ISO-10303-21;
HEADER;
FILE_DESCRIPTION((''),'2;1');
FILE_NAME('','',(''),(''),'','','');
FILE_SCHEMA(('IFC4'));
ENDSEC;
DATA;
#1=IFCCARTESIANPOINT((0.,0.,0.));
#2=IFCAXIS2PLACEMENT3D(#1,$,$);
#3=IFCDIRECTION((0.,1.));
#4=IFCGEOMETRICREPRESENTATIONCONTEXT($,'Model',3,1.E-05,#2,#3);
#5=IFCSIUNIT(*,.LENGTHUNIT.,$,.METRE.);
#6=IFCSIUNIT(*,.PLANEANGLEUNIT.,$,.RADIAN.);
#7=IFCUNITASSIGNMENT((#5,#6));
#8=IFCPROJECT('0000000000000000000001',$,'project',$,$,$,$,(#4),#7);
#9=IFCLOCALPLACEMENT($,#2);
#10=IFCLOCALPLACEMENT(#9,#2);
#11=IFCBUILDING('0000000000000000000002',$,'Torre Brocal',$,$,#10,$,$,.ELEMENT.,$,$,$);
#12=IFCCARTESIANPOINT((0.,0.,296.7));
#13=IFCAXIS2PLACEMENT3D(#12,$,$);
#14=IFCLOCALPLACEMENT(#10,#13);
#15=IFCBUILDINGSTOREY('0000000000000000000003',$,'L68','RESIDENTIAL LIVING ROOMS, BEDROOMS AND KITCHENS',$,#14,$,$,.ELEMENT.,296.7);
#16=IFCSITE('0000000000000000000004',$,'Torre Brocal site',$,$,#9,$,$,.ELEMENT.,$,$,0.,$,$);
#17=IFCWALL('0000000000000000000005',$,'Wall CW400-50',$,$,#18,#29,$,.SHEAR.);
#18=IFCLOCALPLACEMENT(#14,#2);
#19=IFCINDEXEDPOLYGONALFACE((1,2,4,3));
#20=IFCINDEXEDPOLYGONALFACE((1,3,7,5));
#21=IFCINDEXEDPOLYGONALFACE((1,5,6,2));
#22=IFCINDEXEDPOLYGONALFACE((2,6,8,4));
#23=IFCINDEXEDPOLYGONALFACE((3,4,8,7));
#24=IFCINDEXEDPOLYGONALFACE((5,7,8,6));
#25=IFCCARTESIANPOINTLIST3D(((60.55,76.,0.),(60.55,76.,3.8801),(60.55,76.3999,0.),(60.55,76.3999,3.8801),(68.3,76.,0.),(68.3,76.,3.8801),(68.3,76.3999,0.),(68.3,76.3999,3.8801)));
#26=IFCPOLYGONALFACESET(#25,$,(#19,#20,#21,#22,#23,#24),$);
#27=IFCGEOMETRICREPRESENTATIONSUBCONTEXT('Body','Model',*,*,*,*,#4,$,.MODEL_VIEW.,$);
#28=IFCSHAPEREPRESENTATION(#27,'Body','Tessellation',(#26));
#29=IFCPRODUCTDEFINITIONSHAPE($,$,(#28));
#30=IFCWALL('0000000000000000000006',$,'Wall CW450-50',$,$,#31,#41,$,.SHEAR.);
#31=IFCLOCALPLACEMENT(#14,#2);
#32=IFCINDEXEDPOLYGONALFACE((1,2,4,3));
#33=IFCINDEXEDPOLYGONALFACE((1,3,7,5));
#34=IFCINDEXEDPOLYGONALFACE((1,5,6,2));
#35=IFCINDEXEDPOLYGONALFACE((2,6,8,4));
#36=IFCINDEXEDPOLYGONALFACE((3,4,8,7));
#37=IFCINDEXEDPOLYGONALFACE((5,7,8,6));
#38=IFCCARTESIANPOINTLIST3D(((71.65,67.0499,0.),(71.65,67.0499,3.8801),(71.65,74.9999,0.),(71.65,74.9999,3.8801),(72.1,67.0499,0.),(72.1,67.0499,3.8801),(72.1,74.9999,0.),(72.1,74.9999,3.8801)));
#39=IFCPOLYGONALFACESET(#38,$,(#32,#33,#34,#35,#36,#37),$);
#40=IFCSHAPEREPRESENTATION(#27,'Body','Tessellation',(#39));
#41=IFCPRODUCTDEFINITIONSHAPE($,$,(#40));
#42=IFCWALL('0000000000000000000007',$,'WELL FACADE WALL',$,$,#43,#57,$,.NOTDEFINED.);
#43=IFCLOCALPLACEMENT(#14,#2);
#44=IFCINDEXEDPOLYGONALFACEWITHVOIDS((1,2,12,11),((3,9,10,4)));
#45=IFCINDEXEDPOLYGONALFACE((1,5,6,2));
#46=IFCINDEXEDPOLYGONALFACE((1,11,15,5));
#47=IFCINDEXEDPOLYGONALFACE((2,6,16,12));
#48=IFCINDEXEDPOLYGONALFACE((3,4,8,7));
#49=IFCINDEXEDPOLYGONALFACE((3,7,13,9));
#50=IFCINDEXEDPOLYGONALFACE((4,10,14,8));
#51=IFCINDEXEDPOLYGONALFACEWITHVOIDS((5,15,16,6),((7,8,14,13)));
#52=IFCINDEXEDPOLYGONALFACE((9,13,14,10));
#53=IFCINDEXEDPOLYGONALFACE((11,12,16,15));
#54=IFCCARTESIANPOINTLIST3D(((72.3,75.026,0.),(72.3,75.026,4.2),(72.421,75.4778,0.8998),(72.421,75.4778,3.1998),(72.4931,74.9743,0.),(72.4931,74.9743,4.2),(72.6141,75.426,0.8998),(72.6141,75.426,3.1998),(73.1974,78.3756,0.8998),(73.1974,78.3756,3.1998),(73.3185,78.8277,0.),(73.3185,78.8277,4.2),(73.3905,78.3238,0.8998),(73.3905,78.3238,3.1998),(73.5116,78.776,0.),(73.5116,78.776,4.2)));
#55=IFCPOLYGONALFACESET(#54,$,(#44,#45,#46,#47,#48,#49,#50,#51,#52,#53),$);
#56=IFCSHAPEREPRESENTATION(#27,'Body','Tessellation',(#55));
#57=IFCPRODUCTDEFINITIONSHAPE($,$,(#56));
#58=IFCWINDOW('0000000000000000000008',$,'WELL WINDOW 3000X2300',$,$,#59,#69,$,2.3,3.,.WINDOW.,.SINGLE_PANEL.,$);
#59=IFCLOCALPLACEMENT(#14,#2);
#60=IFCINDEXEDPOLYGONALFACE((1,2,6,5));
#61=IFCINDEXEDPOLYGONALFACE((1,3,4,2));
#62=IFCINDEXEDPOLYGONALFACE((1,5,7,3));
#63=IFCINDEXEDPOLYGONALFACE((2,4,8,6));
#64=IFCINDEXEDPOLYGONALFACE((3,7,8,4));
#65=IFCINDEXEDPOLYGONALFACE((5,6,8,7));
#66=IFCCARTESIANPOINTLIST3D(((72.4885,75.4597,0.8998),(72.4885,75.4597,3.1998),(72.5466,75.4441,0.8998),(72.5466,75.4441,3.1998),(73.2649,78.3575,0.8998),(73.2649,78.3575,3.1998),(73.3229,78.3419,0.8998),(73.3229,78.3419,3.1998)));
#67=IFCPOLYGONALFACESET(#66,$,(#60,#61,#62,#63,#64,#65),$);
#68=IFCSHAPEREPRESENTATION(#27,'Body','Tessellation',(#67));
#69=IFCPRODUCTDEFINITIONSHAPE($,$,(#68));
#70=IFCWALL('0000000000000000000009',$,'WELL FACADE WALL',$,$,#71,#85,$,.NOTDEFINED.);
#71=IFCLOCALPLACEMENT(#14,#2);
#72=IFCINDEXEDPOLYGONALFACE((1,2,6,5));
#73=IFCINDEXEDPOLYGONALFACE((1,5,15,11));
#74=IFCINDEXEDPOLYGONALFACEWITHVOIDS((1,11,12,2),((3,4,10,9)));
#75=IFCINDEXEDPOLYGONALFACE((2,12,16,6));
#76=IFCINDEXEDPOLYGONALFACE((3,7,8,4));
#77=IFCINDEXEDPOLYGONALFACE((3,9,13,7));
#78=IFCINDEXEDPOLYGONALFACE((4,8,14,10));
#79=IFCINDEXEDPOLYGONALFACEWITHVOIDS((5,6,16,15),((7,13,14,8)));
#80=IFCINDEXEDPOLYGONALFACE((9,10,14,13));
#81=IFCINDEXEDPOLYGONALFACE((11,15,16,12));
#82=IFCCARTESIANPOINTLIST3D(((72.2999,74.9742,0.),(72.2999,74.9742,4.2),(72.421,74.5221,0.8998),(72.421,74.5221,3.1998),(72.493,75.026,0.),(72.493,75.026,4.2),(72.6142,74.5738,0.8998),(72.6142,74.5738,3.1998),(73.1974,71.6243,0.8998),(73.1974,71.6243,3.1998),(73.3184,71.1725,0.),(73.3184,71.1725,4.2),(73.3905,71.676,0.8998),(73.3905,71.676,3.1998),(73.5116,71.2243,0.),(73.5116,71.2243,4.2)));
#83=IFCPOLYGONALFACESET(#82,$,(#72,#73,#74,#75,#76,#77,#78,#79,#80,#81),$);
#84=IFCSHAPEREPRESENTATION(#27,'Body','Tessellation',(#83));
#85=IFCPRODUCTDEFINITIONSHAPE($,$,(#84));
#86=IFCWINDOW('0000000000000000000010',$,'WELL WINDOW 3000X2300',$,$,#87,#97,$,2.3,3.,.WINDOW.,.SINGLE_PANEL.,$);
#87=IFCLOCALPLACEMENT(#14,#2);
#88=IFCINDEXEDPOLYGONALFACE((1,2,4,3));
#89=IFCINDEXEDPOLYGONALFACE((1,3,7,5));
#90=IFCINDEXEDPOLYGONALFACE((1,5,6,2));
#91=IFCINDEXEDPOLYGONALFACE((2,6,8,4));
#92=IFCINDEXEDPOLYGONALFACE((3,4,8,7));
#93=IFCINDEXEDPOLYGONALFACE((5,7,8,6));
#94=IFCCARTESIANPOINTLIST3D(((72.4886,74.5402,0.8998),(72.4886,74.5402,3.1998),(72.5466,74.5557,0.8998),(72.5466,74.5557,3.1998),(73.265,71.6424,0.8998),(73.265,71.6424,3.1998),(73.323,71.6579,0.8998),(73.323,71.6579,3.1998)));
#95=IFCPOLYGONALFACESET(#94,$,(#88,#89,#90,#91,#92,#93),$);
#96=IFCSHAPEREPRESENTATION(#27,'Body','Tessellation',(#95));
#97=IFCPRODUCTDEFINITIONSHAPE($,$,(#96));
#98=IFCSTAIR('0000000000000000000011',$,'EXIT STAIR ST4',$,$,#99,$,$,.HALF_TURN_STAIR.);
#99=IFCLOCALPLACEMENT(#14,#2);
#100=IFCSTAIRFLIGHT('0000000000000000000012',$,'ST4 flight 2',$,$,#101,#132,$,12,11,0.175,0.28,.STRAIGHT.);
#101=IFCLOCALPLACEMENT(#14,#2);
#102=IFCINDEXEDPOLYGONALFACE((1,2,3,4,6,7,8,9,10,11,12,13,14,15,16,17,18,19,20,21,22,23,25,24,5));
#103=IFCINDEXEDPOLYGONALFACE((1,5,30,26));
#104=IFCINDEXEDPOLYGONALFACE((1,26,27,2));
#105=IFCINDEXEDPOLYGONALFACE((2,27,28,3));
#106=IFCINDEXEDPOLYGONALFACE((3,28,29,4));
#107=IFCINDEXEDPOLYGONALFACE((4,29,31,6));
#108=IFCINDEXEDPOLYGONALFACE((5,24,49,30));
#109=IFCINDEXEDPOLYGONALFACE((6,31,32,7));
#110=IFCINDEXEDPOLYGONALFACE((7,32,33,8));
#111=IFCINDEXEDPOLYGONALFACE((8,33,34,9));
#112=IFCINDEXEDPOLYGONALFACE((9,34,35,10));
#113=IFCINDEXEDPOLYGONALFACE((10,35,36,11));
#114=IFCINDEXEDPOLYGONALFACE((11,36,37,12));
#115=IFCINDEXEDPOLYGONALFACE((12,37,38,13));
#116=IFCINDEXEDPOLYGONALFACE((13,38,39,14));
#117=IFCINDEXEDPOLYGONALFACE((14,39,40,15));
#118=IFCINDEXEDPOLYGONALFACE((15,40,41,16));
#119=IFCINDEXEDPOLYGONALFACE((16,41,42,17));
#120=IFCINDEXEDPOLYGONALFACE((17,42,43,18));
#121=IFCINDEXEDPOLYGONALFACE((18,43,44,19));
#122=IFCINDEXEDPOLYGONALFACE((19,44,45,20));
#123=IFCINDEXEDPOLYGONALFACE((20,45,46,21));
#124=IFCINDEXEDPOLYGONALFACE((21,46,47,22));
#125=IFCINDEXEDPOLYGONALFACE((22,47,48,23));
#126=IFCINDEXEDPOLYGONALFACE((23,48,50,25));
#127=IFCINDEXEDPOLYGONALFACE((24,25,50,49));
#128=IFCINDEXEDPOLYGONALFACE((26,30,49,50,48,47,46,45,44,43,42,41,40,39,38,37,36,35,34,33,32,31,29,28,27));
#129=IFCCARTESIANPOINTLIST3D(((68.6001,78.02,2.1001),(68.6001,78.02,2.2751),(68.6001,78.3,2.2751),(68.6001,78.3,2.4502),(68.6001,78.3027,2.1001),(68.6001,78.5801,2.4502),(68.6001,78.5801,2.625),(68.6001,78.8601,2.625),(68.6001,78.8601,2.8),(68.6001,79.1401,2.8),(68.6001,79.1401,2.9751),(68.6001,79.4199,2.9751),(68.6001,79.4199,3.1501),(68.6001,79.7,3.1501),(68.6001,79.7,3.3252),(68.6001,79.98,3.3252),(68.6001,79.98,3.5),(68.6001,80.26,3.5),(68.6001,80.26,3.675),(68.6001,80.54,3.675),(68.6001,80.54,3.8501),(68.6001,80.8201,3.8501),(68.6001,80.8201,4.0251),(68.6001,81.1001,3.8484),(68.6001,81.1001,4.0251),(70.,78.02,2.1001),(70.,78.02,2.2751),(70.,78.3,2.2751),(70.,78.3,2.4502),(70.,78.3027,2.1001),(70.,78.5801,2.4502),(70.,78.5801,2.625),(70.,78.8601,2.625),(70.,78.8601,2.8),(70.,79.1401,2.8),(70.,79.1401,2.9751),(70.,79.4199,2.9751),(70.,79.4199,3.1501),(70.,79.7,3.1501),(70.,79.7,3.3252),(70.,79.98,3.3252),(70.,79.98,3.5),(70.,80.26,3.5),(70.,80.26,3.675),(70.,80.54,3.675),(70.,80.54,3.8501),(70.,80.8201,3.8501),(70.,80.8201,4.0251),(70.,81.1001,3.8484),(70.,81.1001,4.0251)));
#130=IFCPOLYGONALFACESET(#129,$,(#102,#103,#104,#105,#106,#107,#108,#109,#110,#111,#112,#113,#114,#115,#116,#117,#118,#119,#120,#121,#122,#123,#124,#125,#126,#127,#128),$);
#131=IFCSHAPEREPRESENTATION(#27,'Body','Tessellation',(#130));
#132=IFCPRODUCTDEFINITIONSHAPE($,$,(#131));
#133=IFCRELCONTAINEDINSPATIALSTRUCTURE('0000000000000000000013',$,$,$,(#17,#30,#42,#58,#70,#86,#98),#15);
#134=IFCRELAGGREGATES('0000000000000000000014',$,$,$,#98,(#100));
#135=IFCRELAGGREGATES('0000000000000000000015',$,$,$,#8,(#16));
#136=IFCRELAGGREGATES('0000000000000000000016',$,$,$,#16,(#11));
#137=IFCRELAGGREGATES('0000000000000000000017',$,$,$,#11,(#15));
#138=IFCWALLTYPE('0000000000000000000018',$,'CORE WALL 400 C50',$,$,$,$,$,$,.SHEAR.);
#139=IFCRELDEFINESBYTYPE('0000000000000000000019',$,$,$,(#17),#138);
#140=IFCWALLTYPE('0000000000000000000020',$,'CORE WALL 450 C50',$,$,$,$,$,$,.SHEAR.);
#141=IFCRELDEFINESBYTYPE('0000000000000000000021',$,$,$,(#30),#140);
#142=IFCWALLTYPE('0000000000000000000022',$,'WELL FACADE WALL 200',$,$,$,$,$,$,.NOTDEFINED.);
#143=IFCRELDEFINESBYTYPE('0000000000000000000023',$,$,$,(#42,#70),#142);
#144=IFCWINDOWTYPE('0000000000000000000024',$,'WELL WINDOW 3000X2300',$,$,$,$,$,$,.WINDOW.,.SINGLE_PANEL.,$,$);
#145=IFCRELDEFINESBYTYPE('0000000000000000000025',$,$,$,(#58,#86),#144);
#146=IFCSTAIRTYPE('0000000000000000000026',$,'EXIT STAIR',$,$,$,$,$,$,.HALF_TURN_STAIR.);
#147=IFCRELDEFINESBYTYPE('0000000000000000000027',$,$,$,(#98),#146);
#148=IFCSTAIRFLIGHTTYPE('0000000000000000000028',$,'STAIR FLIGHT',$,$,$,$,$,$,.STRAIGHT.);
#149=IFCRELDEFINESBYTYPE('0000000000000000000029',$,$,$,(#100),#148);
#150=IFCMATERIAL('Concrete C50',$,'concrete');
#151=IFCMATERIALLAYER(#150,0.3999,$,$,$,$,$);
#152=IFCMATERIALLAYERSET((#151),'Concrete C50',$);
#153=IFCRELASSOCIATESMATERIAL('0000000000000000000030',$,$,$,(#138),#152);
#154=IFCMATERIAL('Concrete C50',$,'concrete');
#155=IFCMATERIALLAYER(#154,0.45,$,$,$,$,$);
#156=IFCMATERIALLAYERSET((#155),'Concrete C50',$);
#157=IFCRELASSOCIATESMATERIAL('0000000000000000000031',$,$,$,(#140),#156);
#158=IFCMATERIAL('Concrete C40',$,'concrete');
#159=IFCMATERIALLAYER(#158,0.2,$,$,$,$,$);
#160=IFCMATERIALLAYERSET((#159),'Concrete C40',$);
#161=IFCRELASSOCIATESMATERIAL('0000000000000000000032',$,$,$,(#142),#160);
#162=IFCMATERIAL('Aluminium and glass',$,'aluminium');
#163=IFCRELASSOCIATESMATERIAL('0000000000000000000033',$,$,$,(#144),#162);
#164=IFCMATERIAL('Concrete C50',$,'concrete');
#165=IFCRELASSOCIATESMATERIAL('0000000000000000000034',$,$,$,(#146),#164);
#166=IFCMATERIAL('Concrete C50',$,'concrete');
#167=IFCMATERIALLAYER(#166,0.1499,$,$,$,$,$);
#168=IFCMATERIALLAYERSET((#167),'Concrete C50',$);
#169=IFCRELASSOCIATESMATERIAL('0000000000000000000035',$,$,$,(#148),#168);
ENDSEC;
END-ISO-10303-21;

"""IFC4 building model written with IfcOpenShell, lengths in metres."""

from ifc_helpers import new_model, si_unit, direction, frame, frame_2d, origin, place, context, subcontext, project, spatial, polyline, rectangle, outline, extrude, material, layer, layer_set, type_object, element, fill, aggregate, save


model = new_model("IFC4")

# Units and contexts
model_context = context("Model", 3, precision=1e-05, world=origin(), true_north=direction((0.0, 1.0)))
body_context = subcontext(model_context, "Body", "Model", "MODEL_VIEW")
ifc_project = project(units=[si_unit("LENGTHUNIT", "METRE"), si_unit("PLANEANGLEUNIT", "RADIAN")], contexts=[model_context])

# Site, building, storey
site_placement = place(None, origin())
site = spatial("IfcSite", under=ifc_project, at=site_placement, Name="Torre Brocal site", CompositionType="ELEMENT", RefElevation=0.0)
building_placement = place(site_placement, origin())
building = spatial("IfcBuilding", under=site, at=building_placement, Name="Torre Brocal", CompositionType="ELEMENT")
storey_placement = place(building_placement, frame((0.0, 0.0, 296.7)))
storey = spatial("IfcBuildingStorey", under=building, at=storey_placement, Name="L68", Description="RESIDENTIAL LIVING ROOMS, BEDROOMS AND KITCHENS", CompositionType="ELEMENT", Elevation=296.7)

# Walls
ifc_material_1 = material(Name="Concrete C50", Category="concrete")
ifc_layer_1 = layer(ifc_material_1, 0.3999)
ifc_layer_set_1 = layer_set([ifc_layer_1], Name="Concrete C50")
wall_type_1 = type_object("IfcWallType", Name="CORE WALL 400 C50", PredefinedType="SHEAR", material=ifc_layer_set_1)
wall_1_placement = place(storey_placement, frame((68.3, 76.2, 0.0), z_axis=(0.0, 0.0, 1.0), x_axis=(-1.0, 0.0, 0.0)))
element("IfcWall", 1, at=wall_1_placement, inside=storey, type_object=wall_type_1, Name="Wall CW400-50", PredefinedType="SHEAR", context=body_context, shape_type="SweptSolid", body=[
    extrude(rectangle(XDim=7.75, YDim=0.3999, at=frame_2d((3.875, 0.0))), origin(), (0.0, 0.0, 1.0), 3.8801),
])
ifc_material_2 = material(Name="Concrete C50", Category="concrete")
ifc_layer_2 = layer(ifc_material_2, 0.45)
ifc_layer_set_2 = layer_set([ifc_layer_2], Name="Concrete C50")
wall_type_2 = type_object("IfcWallType", Name="CORE WALL 450 C50", PredefinedType="SHEAR", material=ifc_layer_set_2)
wall_2_placement = place(storey_placement, frame((71.875, 75.0, 0.0), z_axis=(0.0, 0.0, 1.0), x_axis=(0.0, -1.0, 0.0)))
element("IfcWall", 2, at=wall_2_placement, inside=storey, type_object=wall_type_2, Name="Wall CW450-50", PredefinedType="SHEAR", context=body_context, shape_type="SweptSolid", body=[
    extrude(rectangle(XDim=7.95, YDim=0.45, at=frame_2d((3.9751, 0.0))), origin(), (0.0, 0.0, 1.0), 3.8801),
])

# Walls, openings, windows
ifc_material_3 = material(Name="Concrete C40", Category="concrete")
ifc_layer_3 = layer(ifc_material_3, 0.2)
ifc_layer_set_3 = layer_set([ifc_layer_3], Name="Concrete C40")
wall_type_3 = type_object("IfcWallType", Name="WELL FACADE WALL 200", PredefinedType="NOTDEFINED", material=ifc_layer_set_3)
wall_3_placement = place(storey_placement, frame((73.415, 78.8018, 0.0), z_axis=(0.0, 0.0, 1.0), x_axis=(-0.25879, -0.965934, 0.0)))
wall_3 = element("IfcWall", 3, at=wall_3_placement, inside=storey, type_object=wall_type_3, Name="WELL FACADE WALL", PredefinedType="NOTDEFINED", context=body_context, shape_type="SweptSolid", body=[
    extrude(rectangle(XDim=3.9358, YDim=0.2, at=frame_2d((1.9678, 0.0))), origin(), (0.0, 0.0, 1.0), 4.2),
])
opening_1_placement = place(wall_3_placement, frame((0.468, 0.0, 0.8999)))
opening_1 = element("IfcOpeningElement", 4, at=opening_1_placement, cuts=wall_3, PredefinedType="OPENING", context=body_context, shape_type="SweptSolid", body=[
    extrude(rectangle(XDim=3.0, YDim=2.3, at=frame_2d((1.5, 1.1499))), frame((0.0, 0.1099, 0.0), z_axis=(0.0, -1.0, 0.0), x_axis=(1.0, 0.0, 0.0)), (0.0, 0.0, 1.0), 0.22),
])
ifc_material_4 = material(Name="Aluminium and glass", Category="aluminium")
window_type = type_object("IfcWindowType", Name="WELL WINDOW 3000X2300", PartitioningType="SINGLE_PANEL", PredefinedType="WINDOW", material=ifc_material_4)
window_1_placement = place(opening_1_placement, origin())
window_1 = element("IfcWindow", 5, at=window_1_placement, inside=storey, type_object=window_type, Name="WELL WINDOW 3000X2300", OverallHeight=2.3, OverallWidth=3.0, PartitioningType="SINGLE_PANEL", PredefinedType="WINDOW", context=body_context, shape_type="SweptSolid", body=[
    extrude(rectangle(XDim=3.0, YDim=2.3, at=frame_2d((1.5, 1.1499))), frame((0.0, 0.03, 0.0), z_axis=(0.0, -1.0, 0.0), x_axis=(1.0, 0.0, 0.0)), (0.0, 0.0, 1.0), 0.0601),
])
fill(opening_1, window_1)
wall_4_placement = place(storey_placement, frame((72.3965, 75.0, 0.0), z_axis=(0.0, 0.0, 1.0), x_axis=(0.25879, -0.965934, 0.0)))
wall_4 = element("IfcWall", 6, at=wall_4_placement, inside=storey, type_object=wall_type_3, Name="WELL FACADE WALL", PredefinedType="NOTDEFINED", context=body_context, shape_type="SweptSolid", body=[
    extrude(rectangle(XDim=3.9358, YDim=0.2, at=frame_2d((1.9678, 0.0))), origin(), (0.0, 0.0, 1.0), 4.2),
])
opening_2_placement = place(wall_4_placement, frame((0.468, 0.0, 0.8999)))
opening_2 = element("IfcOpeningElement", 7, at=opening_2_placement, cuts=wall_4, PredefinedType="OPENING", context=body_context, shape_type="SweptSolid", body=[
    extrude(rectangle(XDim=3.0, YDim=2.3, at=frame_2d((1.5, 1.1499))), frame((0.0, 0.1099, 0.0), z_axis=(0.0, -1.0, 0.0), x_axis=(1.0, 0.0, 0.0)), (0.0, 0.0, 1.0), 0.22),
])
window_2_placement = place(opening_2_placement, origin())
window_2 = element("IfcWindow", 8, at=window_2_placement, inside=storey, type_object=window_type, Name="WELL WINDOW 3000X2300", OverallHeight=2.3, OverallWidth=3.0, PartitioningType="SINGLE_PANEL", PredefinedType="WINDOW", context=body_context, shape_type="SweptSolid", body=[
    extrude(rectangle(XDim=3.0, YDim=2.3, at=frame_2d((1.5, 1.1499))), frame((0.0, 0.03, 0.0), z_axis=(0.0, -1.0, 0.0), x_axis=(1.0, 0.0, 0.0)), (0.0, 0.0, 1.0), 0.0601),
])
fill(opening_2, window_2)

# Stair, stair flight
ifc_material_5 = material(Name="Concrete C50", Category="concrete")
stair_type = type_object("IfcStairType", Name="EXIT STAIR", PredefinedType="HALF_TURN_STAIR", material=ifc_material_5)
stair_placement = place(storey_placement, origin())
stair = element("IfcStair", 9, at=stair_placement, inside=storey, type_object=stair_type, Name="EXIT STAIR ST4", PredefinedType="HALF_TURN_STAIR")
ifc_material_6 = material(Name="Concrete C50", Category="concrete")
ifc_layer_4 = layer(ifc_material_6, 0.1499)
ifc_layer_set_4 = layer_set([ifc_layer_4], Name="Concrete C50")
stair_flight_type = type_object("IfcStairFlightType", Name="STAIR FLIGHT", PredefinedType="STRAIGHT", material=ifc_layer_set_4)
stair_flight_placement = place(storey_placement, frame((69.3, 78.02, 2.1001), z_axis=(0.0, 0.0, 1.0), x_axis=(0.0, 1.0, 0.0)))
stair_flight = element("IfcStairFlight", 10, at=stair_flight_placement, type_object=stair_flight_type, Name="ST4 flight 2", NumberOfRisers=12, NumberOfTreads=11, PredefinedType="STRAIGHT", RiserHeight=0.175, TreadLength=0.28, context=body_context, shape_type="SweptSolid", body=[
    extrude(outline(polyline([(0.0, 0.0), (0.0, 0.175), (0.28, 0.175), (0.28, 0.3501), (0.5601, 0.3501), (0.5601, 0.5249), (0.8401, 0.5249), (0.8401, 0.7), (1.1201, 0.7), (1.1201, 0.875), (1.3999, 0.875), (1.3999, 1.05), (1.6799, 1.05), (1.6799, 1.2251), (1.96, 1.2251), (1.96, 1.3999), (2.24, 1.3999), (2.24, 1.575), (2.52, 1.575), (2.52, 1.75), (2.8, 1.75), (2.8, 1.925), (3.0801, 1.925), (3.0801, 2.1001), (3.0801, 1.7483), (0.2827, 0.0), (0.0, 0.0)])), frame((0.0, 0.7, 0.0), z_axis=(0.0, -1.0, 0.0), x_axis=(1.0, 0.0, 0.0)), (0.0, 0.0, 1.0), 1.3999),
])
aggregate(stair, [stair_flight])

save(model, "model.ifc")
